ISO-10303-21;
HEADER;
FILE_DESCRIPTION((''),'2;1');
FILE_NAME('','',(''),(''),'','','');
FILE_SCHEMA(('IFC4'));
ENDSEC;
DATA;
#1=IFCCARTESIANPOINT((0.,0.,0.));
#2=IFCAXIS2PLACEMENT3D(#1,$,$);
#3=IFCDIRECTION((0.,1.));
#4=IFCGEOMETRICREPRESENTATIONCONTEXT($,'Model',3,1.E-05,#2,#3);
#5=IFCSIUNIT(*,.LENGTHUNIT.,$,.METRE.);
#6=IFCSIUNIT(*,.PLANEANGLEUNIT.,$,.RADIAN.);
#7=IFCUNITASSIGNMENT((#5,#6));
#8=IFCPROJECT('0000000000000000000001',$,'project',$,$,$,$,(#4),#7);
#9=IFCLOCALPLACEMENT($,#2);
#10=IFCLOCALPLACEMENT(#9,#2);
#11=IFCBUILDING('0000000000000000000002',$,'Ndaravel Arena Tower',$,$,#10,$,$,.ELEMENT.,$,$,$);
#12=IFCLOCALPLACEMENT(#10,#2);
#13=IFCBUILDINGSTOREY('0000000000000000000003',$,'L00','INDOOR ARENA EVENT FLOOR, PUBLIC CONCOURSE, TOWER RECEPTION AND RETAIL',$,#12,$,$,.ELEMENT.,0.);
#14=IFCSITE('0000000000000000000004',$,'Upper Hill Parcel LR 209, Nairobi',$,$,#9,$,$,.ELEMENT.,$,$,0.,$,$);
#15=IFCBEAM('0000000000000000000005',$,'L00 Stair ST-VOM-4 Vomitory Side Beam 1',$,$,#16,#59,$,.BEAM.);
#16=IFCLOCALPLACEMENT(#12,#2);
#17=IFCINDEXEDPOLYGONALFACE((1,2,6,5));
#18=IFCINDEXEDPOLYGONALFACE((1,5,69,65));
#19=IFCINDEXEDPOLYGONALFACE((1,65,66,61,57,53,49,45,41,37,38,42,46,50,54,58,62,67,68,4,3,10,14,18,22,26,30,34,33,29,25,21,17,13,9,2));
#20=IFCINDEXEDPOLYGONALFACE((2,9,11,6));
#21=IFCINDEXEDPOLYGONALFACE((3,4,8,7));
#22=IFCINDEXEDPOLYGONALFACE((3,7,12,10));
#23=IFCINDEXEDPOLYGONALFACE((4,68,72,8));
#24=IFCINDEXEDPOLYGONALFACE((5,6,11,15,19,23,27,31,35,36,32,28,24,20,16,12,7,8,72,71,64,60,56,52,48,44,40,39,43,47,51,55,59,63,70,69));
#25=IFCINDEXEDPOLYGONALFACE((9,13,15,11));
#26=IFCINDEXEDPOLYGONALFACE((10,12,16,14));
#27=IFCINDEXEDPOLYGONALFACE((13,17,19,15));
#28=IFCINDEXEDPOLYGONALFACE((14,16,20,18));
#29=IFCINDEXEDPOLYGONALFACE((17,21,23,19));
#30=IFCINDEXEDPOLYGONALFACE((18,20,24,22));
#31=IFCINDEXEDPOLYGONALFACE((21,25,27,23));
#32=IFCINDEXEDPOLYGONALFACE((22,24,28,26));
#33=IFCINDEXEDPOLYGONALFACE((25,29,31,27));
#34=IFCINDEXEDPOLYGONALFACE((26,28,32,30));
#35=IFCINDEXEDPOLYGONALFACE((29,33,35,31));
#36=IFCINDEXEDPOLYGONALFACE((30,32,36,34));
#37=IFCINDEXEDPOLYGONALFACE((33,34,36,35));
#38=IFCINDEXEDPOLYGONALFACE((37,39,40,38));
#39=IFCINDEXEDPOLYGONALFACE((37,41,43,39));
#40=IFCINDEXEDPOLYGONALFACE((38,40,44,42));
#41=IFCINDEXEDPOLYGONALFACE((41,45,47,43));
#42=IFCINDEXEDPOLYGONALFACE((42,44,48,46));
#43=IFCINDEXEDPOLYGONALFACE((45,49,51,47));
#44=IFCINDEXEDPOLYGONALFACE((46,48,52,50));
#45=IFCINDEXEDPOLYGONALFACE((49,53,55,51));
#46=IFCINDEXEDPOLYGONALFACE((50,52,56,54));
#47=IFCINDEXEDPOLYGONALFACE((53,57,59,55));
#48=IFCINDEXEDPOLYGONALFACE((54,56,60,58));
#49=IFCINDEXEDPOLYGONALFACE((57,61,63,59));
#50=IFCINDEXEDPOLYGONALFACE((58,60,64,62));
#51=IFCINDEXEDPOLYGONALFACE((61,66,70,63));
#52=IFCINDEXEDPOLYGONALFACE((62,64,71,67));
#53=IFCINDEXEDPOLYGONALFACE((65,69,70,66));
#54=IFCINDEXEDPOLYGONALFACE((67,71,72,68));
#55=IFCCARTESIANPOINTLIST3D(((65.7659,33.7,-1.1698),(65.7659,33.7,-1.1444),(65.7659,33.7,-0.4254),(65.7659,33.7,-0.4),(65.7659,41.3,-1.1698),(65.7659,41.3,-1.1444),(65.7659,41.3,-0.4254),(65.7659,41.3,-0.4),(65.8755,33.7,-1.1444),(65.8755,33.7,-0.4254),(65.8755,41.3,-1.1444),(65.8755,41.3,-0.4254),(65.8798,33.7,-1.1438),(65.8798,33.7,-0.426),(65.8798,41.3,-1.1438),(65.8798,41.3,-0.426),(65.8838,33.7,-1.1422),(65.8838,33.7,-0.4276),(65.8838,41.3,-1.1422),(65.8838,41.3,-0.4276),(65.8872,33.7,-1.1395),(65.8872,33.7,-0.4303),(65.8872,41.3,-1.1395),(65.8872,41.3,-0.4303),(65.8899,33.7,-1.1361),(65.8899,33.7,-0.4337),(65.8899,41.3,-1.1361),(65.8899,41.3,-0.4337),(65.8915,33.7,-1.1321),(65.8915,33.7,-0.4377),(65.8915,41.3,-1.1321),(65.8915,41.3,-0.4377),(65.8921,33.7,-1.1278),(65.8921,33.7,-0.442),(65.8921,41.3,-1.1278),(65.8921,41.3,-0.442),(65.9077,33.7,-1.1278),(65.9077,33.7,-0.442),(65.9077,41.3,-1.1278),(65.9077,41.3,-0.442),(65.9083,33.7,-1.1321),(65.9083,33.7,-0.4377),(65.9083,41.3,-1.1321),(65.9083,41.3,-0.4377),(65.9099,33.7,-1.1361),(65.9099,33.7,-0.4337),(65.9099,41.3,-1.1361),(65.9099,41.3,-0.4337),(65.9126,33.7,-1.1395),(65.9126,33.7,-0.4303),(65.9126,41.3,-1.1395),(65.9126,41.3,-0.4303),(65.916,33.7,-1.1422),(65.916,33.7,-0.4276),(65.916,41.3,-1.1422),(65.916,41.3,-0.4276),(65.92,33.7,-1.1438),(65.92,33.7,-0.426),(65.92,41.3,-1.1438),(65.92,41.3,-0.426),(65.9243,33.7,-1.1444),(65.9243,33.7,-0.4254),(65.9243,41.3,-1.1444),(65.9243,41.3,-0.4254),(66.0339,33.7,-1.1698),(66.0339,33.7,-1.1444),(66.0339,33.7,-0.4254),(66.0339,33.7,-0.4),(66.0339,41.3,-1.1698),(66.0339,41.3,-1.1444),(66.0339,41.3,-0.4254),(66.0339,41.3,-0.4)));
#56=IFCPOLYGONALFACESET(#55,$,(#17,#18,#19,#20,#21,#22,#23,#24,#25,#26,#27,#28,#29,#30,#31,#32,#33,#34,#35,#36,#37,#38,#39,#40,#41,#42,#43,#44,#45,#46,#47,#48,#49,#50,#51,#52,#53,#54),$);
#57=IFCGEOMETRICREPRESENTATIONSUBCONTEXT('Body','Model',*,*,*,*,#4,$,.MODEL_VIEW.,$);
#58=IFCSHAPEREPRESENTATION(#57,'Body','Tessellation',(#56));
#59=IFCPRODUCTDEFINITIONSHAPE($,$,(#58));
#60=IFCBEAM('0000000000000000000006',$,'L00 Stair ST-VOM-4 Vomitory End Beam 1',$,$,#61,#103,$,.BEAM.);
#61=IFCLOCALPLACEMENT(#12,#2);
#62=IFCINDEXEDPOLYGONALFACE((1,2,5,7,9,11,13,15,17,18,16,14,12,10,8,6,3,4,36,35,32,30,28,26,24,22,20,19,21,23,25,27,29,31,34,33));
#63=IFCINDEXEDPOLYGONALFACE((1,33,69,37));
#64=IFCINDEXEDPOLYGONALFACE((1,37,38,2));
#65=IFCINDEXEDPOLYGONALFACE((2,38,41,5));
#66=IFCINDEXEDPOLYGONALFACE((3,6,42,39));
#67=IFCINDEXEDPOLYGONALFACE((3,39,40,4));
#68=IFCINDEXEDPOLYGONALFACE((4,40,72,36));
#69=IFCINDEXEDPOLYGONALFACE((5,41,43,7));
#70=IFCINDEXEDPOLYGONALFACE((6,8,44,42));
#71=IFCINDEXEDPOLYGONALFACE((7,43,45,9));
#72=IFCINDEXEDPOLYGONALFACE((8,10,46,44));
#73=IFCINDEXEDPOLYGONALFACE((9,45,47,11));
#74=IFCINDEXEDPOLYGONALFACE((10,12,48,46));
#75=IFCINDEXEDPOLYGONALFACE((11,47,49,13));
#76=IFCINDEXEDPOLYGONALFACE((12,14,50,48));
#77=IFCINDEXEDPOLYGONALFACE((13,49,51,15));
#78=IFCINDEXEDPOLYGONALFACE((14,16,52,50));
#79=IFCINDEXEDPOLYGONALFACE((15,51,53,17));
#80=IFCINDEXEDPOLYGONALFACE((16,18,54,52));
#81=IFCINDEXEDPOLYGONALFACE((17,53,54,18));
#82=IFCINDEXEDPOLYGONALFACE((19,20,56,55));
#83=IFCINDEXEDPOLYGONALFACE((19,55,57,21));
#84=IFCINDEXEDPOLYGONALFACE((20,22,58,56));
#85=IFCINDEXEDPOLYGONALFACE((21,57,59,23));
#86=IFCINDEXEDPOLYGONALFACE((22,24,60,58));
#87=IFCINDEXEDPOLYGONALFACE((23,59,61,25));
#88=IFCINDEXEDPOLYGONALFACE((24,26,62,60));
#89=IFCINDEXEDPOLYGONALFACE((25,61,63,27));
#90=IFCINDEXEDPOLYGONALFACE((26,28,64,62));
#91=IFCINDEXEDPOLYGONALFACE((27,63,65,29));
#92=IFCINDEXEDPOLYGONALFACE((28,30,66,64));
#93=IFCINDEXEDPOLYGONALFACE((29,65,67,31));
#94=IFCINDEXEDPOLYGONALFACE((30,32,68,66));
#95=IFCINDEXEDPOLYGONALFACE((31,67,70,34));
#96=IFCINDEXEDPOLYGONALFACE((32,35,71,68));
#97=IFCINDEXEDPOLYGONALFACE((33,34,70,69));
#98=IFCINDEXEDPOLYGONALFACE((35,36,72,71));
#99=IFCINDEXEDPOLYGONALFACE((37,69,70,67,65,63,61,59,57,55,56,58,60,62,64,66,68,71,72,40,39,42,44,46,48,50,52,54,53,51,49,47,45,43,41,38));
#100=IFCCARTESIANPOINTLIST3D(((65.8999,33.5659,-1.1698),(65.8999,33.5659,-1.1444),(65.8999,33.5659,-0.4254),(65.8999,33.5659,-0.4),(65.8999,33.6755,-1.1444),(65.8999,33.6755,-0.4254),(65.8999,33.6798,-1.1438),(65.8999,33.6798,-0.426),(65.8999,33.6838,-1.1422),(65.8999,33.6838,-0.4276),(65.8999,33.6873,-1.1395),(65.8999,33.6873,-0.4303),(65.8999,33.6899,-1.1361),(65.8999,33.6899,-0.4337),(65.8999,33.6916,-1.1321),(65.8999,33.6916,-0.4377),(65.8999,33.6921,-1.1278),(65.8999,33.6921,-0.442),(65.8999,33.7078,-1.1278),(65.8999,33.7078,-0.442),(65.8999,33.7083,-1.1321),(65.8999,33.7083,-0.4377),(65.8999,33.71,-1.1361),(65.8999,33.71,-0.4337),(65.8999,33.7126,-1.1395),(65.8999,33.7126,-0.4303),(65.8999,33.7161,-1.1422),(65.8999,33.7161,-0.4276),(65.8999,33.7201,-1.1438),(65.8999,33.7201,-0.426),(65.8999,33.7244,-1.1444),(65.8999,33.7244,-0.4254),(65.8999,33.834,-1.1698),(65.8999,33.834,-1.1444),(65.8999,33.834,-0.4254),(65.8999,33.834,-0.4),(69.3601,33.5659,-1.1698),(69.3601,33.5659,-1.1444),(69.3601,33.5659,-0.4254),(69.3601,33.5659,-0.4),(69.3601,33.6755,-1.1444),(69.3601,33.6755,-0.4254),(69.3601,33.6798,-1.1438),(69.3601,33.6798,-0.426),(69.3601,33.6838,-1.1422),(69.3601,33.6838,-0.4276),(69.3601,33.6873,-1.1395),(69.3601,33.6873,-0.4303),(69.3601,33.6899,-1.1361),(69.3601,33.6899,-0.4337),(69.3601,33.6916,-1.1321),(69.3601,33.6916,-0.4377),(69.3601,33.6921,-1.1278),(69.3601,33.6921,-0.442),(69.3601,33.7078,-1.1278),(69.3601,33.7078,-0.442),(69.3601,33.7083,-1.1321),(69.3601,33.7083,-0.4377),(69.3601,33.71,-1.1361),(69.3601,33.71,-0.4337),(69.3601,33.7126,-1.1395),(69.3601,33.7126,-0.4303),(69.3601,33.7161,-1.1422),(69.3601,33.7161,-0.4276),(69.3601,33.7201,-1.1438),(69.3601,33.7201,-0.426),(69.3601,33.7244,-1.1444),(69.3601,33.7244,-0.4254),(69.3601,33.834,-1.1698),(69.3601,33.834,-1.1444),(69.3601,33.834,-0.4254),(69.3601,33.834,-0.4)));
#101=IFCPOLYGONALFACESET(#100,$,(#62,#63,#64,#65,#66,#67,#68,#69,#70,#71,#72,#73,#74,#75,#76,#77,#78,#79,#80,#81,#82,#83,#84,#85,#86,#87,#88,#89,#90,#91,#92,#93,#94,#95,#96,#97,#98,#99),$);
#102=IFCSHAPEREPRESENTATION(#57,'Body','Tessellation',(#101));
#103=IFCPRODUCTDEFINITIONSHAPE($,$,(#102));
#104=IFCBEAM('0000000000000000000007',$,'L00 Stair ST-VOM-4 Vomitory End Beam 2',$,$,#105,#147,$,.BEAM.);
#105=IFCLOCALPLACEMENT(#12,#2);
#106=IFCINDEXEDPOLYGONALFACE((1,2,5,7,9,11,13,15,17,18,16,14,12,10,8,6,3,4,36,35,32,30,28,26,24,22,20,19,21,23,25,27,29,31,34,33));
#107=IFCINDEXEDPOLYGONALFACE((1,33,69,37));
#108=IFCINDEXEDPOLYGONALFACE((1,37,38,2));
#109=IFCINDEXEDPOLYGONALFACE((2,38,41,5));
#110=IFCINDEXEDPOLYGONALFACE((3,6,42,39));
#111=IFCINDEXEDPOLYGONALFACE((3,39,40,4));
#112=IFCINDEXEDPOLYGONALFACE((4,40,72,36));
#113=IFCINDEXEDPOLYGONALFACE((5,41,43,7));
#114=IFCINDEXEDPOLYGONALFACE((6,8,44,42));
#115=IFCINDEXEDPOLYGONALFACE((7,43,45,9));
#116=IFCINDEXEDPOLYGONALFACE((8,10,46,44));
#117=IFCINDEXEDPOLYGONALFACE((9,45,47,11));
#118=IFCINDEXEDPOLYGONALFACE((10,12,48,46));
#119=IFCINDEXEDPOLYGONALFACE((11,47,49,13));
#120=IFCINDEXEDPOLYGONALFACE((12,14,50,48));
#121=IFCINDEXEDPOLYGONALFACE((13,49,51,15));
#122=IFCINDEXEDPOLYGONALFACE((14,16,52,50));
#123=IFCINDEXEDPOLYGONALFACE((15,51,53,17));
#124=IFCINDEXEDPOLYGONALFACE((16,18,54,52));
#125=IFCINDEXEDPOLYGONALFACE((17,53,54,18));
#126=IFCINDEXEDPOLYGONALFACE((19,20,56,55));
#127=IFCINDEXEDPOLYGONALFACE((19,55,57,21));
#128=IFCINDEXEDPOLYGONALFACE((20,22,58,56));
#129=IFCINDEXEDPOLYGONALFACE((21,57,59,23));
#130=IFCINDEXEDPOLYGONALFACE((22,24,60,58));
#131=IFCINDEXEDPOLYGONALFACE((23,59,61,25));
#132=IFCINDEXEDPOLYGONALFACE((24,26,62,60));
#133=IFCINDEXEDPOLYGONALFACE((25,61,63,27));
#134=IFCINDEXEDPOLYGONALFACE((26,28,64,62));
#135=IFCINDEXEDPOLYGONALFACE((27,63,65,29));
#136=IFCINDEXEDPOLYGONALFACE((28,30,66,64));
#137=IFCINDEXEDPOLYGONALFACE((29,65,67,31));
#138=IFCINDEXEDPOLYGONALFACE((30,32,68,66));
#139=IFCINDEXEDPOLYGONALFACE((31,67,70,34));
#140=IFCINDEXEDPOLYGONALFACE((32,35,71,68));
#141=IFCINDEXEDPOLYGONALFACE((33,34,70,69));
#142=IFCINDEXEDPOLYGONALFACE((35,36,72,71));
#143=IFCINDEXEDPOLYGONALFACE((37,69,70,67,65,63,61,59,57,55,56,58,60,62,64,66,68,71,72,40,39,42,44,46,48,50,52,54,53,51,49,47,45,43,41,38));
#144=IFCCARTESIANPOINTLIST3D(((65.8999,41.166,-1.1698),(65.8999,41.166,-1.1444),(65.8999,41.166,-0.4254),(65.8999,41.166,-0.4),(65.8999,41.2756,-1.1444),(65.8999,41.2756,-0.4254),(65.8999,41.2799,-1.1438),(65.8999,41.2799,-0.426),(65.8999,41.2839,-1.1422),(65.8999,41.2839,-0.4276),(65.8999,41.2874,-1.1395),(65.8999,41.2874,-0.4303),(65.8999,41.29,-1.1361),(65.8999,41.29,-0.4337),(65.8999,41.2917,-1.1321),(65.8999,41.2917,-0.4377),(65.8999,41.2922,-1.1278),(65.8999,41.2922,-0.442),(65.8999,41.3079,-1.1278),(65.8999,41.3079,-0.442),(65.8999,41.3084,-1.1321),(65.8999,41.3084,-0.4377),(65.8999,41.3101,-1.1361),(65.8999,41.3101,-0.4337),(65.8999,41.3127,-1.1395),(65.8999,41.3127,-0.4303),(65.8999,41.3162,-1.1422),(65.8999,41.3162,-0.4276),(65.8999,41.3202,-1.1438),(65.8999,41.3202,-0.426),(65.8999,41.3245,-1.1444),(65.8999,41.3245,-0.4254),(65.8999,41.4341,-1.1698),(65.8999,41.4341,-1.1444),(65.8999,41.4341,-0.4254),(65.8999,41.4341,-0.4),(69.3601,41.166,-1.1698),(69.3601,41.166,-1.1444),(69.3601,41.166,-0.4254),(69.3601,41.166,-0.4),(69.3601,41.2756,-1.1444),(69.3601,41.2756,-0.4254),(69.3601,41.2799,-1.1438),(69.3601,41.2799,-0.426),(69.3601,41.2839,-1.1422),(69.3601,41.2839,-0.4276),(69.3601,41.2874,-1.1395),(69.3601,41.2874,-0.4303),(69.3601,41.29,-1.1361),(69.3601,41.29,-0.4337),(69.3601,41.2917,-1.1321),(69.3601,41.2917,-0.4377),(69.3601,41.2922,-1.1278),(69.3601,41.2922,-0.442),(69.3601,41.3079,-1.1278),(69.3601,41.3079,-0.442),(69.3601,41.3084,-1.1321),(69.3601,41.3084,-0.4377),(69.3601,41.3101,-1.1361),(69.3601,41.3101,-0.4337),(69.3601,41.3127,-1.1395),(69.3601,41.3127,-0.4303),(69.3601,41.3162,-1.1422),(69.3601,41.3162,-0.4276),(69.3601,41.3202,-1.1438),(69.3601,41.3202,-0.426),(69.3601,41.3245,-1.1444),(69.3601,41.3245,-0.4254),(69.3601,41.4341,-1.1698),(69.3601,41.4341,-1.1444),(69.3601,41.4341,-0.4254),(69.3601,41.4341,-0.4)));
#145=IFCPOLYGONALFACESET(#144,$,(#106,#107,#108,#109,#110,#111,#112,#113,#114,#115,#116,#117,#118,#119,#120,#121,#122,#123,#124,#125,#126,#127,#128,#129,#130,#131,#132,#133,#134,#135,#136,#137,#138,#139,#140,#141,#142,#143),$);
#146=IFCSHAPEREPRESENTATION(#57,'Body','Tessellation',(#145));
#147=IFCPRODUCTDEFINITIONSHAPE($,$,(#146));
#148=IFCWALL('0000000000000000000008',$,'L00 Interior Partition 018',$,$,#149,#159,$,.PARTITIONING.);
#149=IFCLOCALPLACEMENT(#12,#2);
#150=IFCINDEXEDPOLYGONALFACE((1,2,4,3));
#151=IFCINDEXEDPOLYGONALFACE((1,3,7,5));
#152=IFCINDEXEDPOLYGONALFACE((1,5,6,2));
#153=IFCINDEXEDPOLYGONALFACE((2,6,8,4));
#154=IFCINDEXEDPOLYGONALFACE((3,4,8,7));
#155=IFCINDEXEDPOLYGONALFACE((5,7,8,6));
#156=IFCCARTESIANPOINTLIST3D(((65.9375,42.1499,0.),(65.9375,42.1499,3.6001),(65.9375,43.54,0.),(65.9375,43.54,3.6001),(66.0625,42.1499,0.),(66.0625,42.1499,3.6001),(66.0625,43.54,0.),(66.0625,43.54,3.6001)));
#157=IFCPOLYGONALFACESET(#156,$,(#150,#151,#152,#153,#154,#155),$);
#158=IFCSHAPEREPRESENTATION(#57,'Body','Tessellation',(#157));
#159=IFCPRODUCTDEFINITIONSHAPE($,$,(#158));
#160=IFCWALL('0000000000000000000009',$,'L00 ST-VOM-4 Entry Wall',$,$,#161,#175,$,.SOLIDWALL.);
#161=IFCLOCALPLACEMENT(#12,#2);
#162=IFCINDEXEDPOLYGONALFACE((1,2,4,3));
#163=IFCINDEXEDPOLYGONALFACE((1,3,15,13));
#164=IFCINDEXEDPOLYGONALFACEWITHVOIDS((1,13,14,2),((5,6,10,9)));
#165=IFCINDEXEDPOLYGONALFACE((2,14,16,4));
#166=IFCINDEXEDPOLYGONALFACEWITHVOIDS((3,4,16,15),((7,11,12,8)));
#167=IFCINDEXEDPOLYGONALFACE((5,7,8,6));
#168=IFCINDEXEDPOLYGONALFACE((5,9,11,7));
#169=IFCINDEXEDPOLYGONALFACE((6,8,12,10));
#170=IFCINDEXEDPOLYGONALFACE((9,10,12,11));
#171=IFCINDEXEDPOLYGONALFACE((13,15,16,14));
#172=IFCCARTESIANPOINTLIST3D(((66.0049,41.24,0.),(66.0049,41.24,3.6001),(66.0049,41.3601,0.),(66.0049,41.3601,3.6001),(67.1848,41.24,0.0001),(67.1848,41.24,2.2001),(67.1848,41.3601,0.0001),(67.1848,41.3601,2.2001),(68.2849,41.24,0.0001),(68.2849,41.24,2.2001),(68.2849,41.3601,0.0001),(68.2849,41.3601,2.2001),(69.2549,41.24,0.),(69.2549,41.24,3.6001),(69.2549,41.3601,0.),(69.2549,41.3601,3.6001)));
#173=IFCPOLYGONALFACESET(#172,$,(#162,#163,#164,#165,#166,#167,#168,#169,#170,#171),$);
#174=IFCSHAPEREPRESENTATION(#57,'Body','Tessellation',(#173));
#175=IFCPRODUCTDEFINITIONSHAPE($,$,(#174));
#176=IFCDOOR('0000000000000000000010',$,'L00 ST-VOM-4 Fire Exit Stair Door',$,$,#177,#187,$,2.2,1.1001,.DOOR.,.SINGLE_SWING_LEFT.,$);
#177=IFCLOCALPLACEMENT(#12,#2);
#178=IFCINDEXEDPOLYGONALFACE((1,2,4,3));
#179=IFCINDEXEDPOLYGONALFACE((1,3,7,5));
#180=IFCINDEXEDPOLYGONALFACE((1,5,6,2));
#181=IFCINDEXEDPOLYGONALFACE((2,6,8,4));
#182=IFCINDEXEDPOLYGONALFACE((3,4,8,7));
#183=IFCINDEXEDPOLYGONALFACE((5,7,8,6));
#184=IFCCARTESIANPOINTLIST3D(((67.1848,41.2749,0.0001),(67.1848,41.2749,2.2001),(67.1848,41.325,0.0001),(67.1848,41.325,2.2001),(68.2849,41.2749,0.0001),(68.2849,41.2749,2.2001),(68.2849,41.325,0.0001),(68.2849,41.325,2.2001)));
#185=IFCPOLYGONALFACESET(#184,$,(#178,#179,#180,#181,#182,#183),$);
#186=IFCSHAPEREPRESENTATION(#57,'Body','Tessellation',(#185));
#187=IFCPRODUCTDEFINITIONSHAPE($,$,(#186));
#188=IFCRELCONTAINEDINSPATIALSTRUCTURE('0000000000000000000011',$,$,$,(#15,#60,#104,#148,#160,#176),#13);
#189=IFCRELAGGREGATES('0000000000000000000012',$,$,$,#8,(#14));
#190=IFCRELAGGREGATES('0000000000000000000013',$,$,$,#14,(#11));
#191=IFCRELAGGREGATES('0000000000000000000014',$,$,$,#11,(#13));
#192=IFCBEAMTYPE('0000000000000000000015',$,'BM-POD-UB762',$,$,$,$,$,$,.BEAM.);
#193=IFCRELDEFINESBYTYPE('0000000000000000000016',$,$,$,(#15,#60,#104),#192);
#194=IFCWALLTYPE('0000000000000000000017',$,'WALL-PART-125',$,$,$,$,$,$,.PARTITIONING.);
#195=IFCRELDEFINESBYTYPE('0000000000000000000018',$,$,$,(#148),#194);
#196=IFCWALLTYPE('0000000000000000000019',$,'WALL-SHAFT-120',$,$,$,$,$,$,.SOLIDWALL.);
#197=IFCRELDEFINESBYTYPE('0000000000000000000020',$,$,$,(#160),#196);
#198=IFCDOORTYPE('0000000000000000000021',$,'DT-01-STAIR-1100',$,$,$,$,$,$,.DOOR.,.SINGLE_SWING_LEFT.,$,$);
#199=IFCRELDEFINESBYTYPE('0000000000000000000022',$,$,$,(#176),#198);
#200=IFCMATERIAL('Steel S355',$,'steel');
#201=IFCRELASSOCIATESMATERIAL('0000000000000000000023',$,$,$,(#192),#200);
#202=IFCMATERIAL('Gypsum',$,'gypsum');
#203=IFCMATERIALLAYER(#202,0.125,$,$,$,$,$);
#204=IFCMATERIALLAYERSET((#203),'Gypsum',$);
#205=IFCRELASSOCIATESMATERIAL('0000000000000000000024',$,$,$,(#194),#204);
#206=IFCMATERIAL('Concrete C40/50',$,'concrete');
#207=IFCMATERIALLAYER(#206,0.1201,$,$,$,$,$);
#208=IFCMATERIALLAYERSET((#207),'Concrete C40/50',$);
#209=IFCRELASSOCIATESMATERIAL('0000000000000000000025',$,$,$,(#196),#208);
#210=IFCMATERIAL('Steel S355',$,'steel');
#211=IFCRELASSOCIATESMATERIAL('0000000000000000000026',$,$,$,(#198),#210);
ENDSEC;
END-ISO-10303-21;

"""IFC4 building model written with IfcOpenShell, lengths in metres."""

from ifc_helpers import new_model, si_unit, direction, frame, frame_2d, origin, origin_2d, place, context, subcontext, project, spatial, rectangle, i_section, extrude, material, layer, layer_set, material_profile, profile_set, type_object, element, fill, save


model = new_model("IFC4")

# Units and contexts
model_context = context("Model", 3, precision=1e-05, world=origin(), true_north=direction((0.0, 1.0)))
body_context = subcontext(model_context, "Body", "Model", "MODEL_VIEW")
ifc_project = project(units=[si_unit("LENGTHUNIT", "METRE"), si_unit("PLANEANGLEUNIT", "RADIAN")], contexts=[model_context])

# Site, building, storey
site_placement = place(None, origin())
site = spatial("IfcSite", under=ifc_project, at=site_placement, Name="Upper Hill Parcel LR 209, Nairobi", CompositionType="ELEMENT", RefElevation=0.0)
building_placement = place(site_placement, origin())
building = spatial("IfcBuilding", under=site, at=building_placement, Name="Ndaravel Arena Tower", CompositionType="ELEMENT")
storey_placement = place(building_placement, origin())
storey = spatial("IfcBuildingStorey", under=building, at=storey_placement, Name="L00", Description="INDOOR ARENA EVENT FLOOR, PUBLIC CONCOURSE, TOWER RECEPTION AND RETAIL", CompositionType="ELEMENT", Elevation=0.0)

# Beams
ifc_material_1 = material(Name="Steel S355", Category="steel")
ifc_material_profile = material_profile(ifc_material_1, i_section(OverallWidth=0.2681, OverallDepth=0.7698, WebThickness=0.0156, FlangeThickness=0.0254, FilletRadius=0.0166, at=origin_2d()), Name="UB 762x267x197")
ifc_profile_set = profile_set([ifc_material_profile], Name="Steel S355")
beam_type = type_object("IfcBeamType", Name="BM-POD-UB762", PredefinedType="BEAM", material=ifc_profile_set)
beam_placement = place(storey_placement, frame((65.8999, 33.7, -0.7849), z_axis=(0.0, 1.0, 0.0), x_axis=(-1.0, 0.0, 0.0)))
element("IfcBeam", 1, at=beam_placement, inside=storey, type_object=beam_type, Name="L00 Stair ST-VOM-4 Vomitory Side Beam 1", PredefinedType="BEAM", context=body_context, shape_type="SweptSolid", body=[
    extrude(i_section(OverallWidth=0.2681, OverallDepth=0.7698, WebThickness=0.0156, FlangeThickness=0.0254, FilletRadius=0.0166, at=origin_2d()), origin(), (0.0, 0.0, 1.0), 7.6001),
])
for number, where, z_axis, x_axis, name in (
    (2, (65.8999, 33.7, -0.7849), (1.0, 0.0, 0.0), (0.0, 1.0, 0.0), "L00 Stair ST-VOM-4 Vomitory End Beam 1"),
    (3, (65.8999, 41.3, -0.7849), (1.0, 0.0, 0.0), (0.0, 1.0, 0.0), "L00 Stair ST-VOM-4 Vomitory End Beam 2"),
):
    element("IfcBeam", number, at=place(storey_placement, frame(where, z_axis=z_axis, x_axis=x_axis)), inside=storey, type_object=beam_type, Name=name, PredefinedType="BEAM", context=body_context, shape_type="SweptSolid", body=[
        extrude(i_section(OverallWidth=0.2681, OverallDepth=0.7698, WebThickness=0.0156, FlangeThickness=0.0254, FilletRadius=0.0166, at=origin_2d()), origin(), (0.0, 0.0, 1.0), 3.4602),
    ])

# Wall
ifc_material_2 = material(Name="Gypsum", Category="gypsum")
ifc_layer_1 = layer(ifc_material_2, 0.125)
ifc_layer_set_1 = layer_set([ifc_layer_1], Name="Gypsum")
wall_type_1 = type_object("IfcWallType", Name="WALL-PART-125", PredefinedType="PARTITIONING", material=ifc_layer_set_1)
wall_1_placement = place(storey_placement, frame((66.0, 43.54, 0.0), z_axis=(0.0, 0.0, 1.0), x_axis=(0.0, -1.0, 0.0)))
element("IfcWall", 4, at=wall_1_placement, inside=storey, type_object=wall_type_1, Name="L00 Interior Partition 018", PredefinedType="PARTITIONING", context=body_context, shape_type="SweptSolid", body=[
    extrude(rectangle(XDim=1.3901, YDim=0.125, at=frame_2d((0.6951, 0.0))), origin(), (0.0, 0.0, 1.0), 3.6001),
])

# Wall, opening, door
ifc_material_3 = material(Name="Concrete C40/50", Category="concrete")
ifc_layer_2 = layer(ifc_material_3, 0.1201)
ifc_layer_set_2 = layer_set([ifc_layer_2], Name="Concrete C40/50")
wall_type_2 = type_object("IfcWallType", Name="WALL-SHAFT-120", PredefinedType="SOLIDWALL", material=ifc_layer_set_2)
wall_2_placement = place(storey_placement, frame((66.0049, 41.3, 0.0), z_axis=(0.0, 0.0, 1.0), x_axis=(1.0, 0.0, 0.0)))
wall_2 = element("IfcWall", 5, at=wall_2_placement, inside=storey, type_object=wall_type_2, Name="L00 ST-VOM-4 Entry Wall", PredefinedType="SOLIDWALL", context=body_context, shape_type="SweptSolid", body=[
    extrude(rectangle(XDim=3.25, YDim=0.1201, at=frame_2d((1.625, 0.0))), origin(), (0.0, 0.0, 1.0), 3.6001),
])
opening_1_placement = place(wall_2_placement, frame((1.1799, 0.0, 0.0)))
opening_1 = element("IfcOpeningElement", 6, at=opening_1_placement, cuts=wall_2, PredefinedType="OPENING", context=body_context, shape_type="SweptSolid", body=[
    extrude(rectangle(XDim=1.1001, YDim=2.2, at=frame_2d((0.55, 1.1001))), frame((0.0, 0.0601, 0.0), z_axis=(0.0, -1.0, 0.0), x_axis=(1.0, 0.0, 0.0)), (0.0, 0.0, 1.0), 0.1201),
])
ifc_material_4 = material(Name="Steel S355", Category="steel")
door_type_1 = type_object("IfcDoorType", Name="DT-01-STAIR-1100", OperationType="SINGLE_SWING_LEFT", PredefinedType="DOOR", material=ifc_material_4)
door_1_placement = place(opening_1_placement, origin())
door_1 = element("IfcDoor", 7, at=door_1_placement, inside=storey, type_object=door_type_1, Name="L00 ST-VOM-4 Fire Exit Stair Door", OperationType="SINGLE_SWING_LEFT", OverallHeight=2.2, OverallWidth=1.1001, PredefinedType="DOOR", context=body_context, shape_type="SweptSolid", body=[
    extrude(rectangle(XDim=1.1001, YDim=2.2, at=frame_2d((0.55, 1.1001))), frame((0.0, 0.0249, 0.0), z_axis=(0.0, -1.0, 0.0), x_axis=(1.0, 0.0, 0.0)), (0.0, 0.0, 1.0), 0.05),
])
fill(opening_1, door_1)

save(model, "model.ifc")
